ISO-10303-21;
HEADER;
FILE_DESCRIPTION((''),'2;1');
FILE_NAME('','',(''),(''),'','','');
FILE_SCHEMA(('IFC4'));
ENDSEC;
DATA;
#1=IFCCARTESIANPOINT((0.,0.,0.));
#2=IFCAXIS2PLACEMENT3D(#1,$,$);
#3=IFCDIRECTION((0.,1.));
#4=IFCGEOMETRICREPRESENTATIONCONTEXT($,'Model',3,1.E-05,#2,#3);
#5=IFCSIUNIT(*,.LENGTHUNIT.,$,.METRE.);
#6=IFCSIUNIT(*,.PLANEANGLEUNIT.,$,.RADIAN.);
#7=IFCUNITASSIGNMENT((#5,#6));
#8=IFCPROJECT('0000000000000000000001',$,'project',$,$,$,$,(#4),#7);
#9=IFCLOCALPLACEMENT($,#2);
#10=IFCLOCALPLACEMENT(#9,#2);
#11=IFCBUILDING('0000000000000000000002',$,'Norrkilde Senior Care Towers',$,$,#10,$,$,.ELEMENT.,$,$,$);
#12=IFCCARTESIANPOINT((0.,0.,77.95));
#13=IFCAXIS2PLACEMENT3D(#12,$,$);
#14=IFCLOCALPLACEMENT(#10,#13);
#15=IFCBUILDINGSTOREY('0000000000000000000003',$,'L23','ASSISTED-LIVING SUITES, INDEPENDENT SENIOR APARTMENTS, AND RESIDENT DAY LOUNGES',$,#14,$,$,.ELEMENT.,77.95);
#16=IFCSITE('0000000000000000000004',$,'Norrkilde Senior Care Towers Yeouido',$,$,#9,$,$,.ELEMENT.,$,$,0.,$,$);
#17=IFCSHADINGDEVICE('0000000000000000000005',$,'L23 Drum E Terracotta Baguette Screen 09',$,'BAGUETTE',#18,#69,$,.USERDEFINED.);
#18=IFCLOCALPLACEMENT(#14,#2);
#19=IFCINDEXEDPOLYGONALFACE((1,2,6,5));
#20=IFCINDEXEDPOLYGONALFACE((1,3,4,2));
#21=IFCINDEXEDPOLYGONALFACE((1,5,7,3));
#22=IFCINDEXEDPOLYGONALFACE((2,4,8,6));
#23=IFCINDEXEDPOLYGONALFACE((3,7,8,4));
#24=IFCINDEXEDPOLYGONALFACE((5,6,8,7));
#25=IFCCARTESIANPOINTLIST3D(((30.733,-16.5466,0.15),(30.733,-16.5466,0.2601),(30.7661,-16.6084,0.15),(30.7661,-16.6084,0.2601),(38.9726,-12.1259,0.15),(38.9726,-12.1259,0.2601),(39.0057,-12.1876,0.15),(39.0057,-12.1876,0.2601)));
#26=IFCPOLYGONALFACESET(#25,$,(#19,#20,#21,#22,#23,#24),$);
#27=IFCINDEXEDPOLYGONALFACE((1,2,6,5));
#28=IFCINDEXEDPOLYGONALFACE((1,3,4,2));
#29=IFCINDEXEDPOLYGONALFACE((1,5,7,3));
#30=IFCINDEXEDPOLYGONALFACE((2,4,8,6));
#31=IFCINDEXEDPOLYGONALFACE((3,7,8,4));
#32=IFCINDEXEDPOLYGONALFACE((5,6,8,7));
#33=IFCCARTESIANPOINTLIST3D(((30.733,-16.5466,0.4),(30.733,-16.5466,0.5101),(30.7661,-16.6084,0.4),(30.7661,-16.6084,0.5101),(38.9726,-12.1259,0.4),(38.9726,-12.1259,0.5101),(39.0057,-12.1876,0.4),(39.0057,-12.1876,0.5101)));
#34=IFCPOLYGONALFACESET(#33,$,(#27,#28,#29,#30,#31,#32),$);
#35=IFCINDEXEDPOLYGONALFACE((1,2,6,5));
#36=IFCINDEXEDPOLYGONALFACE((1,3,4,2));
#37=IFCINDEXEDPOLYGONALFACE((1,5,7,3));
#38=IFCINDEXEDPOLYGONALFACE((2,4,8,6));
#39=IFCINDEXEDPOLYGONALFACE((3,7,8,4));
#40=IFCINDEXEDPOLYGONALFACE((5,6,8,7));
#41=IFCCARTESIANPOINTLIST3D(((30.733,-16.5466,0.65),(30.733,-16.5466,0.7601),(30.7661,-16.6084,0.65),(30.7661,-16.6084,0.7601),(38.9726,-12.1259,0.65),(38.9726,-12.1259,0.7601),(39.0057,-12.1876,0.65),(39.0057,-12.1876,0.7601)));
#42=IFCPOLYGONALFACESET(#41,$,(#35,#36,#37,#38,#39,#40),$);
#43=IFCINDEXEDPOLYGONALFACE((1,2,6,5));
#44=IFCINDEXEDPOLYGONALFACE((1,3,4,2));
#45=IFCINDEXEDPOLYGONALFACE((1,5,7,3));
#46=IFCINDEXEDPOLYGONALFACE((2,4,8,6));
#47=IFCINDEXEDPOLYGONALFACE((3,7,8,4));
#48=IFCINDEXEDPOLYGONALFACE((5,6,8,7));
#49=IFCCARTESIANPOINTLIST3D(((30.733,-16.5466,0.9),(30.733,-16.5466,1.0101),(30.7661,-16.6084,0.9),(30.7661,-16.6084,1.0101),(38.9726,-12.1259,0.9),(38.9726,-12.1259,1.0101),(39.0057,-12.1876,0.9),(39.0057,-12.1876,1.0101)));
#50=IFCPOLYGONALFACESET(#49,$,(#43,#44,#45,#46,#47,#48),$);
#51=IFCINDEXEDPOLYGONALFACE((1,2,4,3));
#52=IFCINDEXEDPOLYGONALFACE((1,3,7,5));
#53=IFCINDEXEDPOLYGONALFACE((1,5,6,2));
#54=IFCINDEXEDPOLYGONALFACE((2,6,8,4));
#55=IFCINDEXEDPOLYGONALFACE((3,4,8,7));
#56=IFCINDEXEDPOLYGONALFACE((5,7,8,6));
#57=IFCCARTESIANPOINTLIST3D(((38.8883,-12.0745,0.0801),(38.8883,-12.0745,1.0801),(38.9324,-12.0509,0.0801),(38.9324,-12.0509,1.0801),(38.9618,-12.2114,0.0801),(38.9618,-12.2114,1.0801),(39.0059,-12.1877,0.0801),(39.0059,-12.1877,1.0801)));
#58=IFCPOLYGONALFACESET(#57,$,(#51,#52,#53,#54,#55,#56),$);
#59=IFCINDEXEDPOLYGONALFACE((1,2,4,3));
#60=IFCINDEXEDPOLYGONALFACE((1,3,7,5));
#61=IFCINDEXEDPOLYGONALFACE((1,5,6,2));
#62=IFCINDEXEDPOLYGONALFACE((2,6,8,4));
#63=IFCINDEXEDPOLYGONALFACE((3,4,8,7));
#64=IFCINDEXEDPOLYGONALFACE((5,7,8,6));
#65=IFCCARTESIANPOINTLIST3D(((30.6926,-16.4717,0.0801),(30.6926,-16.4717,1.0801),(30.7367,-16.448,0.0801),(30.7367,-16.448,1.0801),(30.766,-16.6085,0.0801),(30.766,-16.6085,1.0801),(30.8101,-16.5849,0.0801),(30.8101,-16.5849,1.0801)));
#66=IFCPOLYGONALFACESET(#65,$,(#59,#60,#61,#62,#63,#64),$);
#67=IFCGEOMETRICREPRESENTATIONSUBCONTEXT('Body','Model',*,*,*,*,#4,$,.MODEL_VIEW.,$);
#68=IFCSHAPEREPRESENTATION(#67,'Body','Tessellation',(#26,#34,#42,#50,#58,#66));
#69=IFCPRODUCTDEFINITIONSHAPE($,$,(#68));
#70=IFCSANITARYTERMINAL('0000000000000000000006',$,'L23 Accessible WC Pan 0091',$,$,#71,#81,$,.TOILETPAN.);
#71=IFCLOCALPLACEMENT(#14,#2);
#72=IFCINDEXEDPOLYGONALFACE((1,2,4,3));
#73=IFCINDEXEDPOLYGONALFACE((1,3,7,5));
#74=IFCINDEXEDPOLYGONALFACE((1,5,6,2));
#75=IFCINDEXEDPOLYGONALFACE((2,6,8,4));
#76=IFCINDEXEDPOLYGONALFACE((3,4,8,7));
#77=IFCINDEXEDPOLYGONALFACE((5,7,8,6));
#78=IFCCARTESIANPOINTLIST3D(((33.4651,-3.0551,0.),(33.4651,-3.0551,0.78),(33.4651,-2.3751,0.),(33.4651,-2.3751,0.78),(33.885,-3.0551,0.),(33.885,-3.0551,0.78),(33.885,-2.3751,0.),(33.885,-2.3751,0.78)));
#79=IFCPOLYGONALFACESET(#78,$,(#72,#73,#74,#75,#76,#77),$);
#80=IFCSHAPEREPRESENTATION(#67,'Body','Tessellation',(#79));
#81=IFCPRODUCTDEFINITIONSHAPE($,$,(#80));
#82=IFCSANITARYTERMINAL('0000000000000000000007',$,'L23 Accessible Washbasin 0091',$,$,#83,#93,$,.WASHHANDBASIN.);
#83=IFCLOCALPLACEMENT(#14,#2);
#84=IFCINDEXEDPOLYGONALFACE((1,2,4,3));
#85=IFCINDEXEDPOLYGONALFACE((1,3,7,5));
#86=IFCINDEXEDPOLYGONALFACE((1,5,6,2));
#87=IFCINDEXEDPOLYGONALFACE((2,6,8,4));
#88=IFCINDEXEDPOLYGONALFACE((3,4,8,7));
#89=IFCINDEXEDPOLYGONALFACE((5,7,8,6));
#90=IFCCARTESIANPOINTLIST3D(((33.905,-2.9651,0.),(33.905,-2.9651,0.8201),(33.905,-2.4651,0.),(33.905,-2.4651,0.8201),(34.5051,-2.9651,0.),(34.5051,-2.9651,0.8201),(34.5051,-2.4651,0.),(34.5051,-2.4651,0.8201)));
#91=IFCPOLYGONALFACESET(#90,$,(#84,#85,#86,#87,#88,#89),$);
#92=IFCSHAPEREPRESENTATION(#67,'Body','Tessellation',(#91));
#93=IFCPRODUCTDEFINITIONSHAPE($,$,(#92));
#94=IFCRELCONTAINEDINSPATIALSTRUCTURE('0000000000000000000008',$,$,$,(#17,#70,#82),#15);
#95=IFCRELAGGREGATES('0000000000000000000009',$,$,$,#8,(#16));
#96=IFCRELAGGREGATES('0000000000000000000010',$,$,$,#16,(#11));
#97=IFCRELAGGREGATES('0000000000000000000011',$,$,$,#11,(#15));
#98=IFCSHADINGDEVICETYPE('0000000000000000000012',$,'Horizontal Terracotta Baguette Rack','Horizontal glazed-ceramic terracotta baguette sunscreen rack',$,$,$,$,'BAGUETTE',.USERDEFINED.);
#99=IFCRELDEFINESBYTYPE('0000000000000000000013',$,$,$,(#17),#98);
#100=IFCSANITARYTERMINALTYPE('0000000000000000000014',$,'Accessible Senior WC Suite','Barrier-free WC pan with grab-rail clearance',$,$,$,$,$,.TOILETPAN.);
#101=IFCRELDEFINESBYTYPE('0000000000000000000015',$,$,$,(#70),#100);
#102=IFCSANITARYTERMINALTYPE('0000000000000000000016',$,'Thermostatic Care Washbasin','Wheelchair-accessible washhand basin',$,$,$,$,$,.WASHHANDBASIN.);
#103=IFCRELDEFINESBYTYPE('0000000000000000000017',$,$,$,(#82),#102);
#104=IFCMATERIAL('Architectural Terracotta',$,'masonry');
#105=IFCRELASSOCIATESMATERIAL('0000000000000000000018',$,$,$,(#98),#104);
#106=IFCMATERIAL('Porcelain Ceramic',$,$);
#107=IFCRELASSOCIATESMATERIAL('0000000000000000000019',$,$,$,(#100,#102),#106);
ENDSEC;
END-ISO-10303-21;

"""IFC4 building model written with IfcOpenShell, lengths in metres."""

from ifc_helpers import new_model, si_unit, direction, frame, origin, origin_2d, place, context, subcontext, project, spatial, rectangle, extrude, source, transform, mapped, material, type_object, type_shapes, element, save


model = new_model("IFC4")

# Units and contexts
model_context = context("Model", 3, precision=1e-05, world=origin(), true_north=direction((0.0, 1.0)))
body_context = subcontext(model_context, "Body", "Model", "MODEL_VIEW")
ifc_project = project(units=[si_unit("LENGTHUNIT", "METRE"), si_unit("PLANEANGLEUNIT", "RADIAN")], contexts=[model_context])

# Site, building, storey
site_placement = place(None, origin())
site = spatial("IfcSite", under=ifc_project, at=site_placement, Name="Norrkilde Senior Care Towers Yeouido", CompositionType="ELEMENT", RefElevation=0.0)
building_placement = place(site_placement, origin())
building = spatial("IfcBuilding", under=site, at=building_placement, Name="Norrkilde Senior Care Towers", CompositionType="ELEMENT")
storey_placement = place(building_placement, frame((0.0, 0.0, 77.95)))
storey = spatial("IfcBuildingStorey", under=building, at=storey_placement, Name="L23", Description="ASSISTED-LIVING SUITES, INDEPENDENT SENIOR APARTMENTS, AND RESIDENT DAY LOUNGES", CompositionType="ELEMENT", Elevation=77.95)

# Shading device
ifc_material_1 = material(Name="Architectural Terracotta", Category="masonry")
shading_device_type = type_object("IfcShadingDeviceType", Name="Horizontal Terracotta Baguette Rack", Description="Horizontal glazed-ceramic terracotta baguette sunscreen rack", ElementType="BAGUETTE", PredefinedType="USERDEFINED", material=ifc_material_1)
shared_shape_1 = source(origin(), body_context, "Body", "SweptSolid", [
    extrude(rectangle(XDim=0.0701, YDim=0.1101, at=origin_2d()), frame((0.0, 0.0901, 0.125), z_axis=(1.0, 0.0, 0.0), x_axis=(0.0, 1.0, 0.0)), (0.0, 0.0, 1.0), 9.3506),
    extrude(rectangle(XDim=0.0701, YDim=0.1101, at=origin_2d()), frame((0.0, 0.0901, 0.375), z_axis=(1.0, 0.0, 0.0), x_axis=(0.0, 1.0, 0.0)), (0.0, 0.0, 1.0), 9.3506),
    extrude(rectangle(XDim=0.0701, YDim=0.1101, at=origin_2d()), frame((0.0, 0.0901, 0.625), z_axis=(1.0, 0.0, 0.0), x_axis=(0.0, 1.0, 0.0)), (0.0, 0.0, 1.0), 9.3506),
    extrude(rectangle(XDim=0.0701, YDim=0.1101, at=origin_2d()), frame((0.0, 0.0901, 0.875), z_axis=(1.0, 0.0, 0.0), x_axis=(0.0, 1.0, 0.0)), (0.0, 0.0, 1.0), 9.3506),
    extrude(rectangle(XDim=0.05, YDim=0.1553, at=origin_2d()), frame((0.0249, 0.0476, 0.0)), (0.0, 0.0, 1.0), 1.0),
    extrude(rectangle(XDim=0.05, YDim=0.1553, at=origin_2d()), frame((9.3257, 0.0476, 0.0)), (0.0, 0.0, 1.0), 1.0),
])
type_shapes(shading_device_type, [shared_shape_1])
shading_device_placement = place(storey_placement, frame((38.9465, -12.0774, 0.0801), z_axis=(0.0, 0.0, 1.0), x_axis=(-0.881175, -0.472768, 0.0)))
element("IfcShadingDevice", 1, at=shading_device_placement, inside=storey, type_object=shading_device_type, Name="L23 Drum E Terracotta Baguette Screen 09", ObjectType="BAGUETTE", PredefinedType="USERDEFINED", context=body_context, shape_type="MappedRepresentation", body=[
    mapped(shared_shape_1, transform((0.0, 0.0, 0.0), x_axis=(1.0, 0.0, 0.0), y_axis=(0.0, 1.0, 0.0), z_axis=(0.0, 0.0, 1.0), scale=1.0)),
])

# Sanitary terminals
ifc_material_2 = material(Name="Porcelain Ceramic")
sanitary_terminal_type_1 = type_object("IfcSanitaryTerminalType", Name="Accessible Senior WC Suite", Description="Barrier-free WC pan with grab-rail clearance", PredefinedType="TOILETPAN", material=ifc_material_2)
shared_shape_2 = source(origin(), body_context, "Body", "SweptSolid", [
    extrude(rectangle(XDim=0.4199, YDim=0.6799, at=origin_2d()), origin(), (0.0, 0.0, 1.0), 0.78),
])
type_shapes(sanitary_terminal_type_1, [shared_shape_2])
sanitary_terminal_1_placement = place(storey_placement, frame((33.675, -2.7151, 0.0), z_axis=(0.0, 0.0, 1.0), x_axis=(1.0, 0.0, 0.0)))
element("IfcSanitaryTerminal", 2, at=sanitary_terminal_1_placement, inside=storey, type_object=sanitary_terminal_type_1, Name="L23 Accessible WC Pan 0091", PredefinedType="TOILETPAN", context=body_context, shape_type="MappedRepresentation", body=[
    mapped(shared_shape_2, transform((0.0, 0.0, 0.0), x_axis=(1.0, 0.0, 0.0), y_axis=(0.0, 1.0, 0.0), z_axis=(0.0, 0.0, 1.0), scale=1.0)),
])
sanitary_terminal_type_2 = type_object("IfcSanitaryTerminalType", Name="Thermostatic Care Washbasin", Description="Wheelchair-accessible washhand basin", PredefinedType="WASHHANDBASIN", material=ifc_material_2)
shared_shape_3 = source(origin(), body_context, "Body", "SweptSolid", [
    extrude(rectangle(XDim=0.6001, YDim=0.5, at=origin_2d()), origin(), (0.0, 0.0, 1.0), 0.8201),
])
type_shapes(sanitary_terminal_type_2, [shared_shape_3])
sanitary_terminal_2_placement = place(storey_placement, frame((34.2051, -2.7151, 0.0), z_axis=(0.0, 0.0, 1.0), x_axis=(1.0, 0.0, 0.0)))
element("IfcSanitaryTerminal", 3, at=sanitary_terminal_2_placement, inside=storey, type_object=sanitary_terminal_type_2, Name="L23 Accessible Washbasin 0091", PredefinedType="WASHHANDBASIN", context=body_context, shape_type="MappedRepresentation", body=[
    mapped(shared_shape_3, transform((0.0, 0.0, 0.0), x_axis=(1.0, 0.0, 0.0), y_axis=(0.0, 1.0, 0.0), z_axis=(0.0, 0.0, 1.0), scale=1.0)),
])

save(model, "model.ifc")
